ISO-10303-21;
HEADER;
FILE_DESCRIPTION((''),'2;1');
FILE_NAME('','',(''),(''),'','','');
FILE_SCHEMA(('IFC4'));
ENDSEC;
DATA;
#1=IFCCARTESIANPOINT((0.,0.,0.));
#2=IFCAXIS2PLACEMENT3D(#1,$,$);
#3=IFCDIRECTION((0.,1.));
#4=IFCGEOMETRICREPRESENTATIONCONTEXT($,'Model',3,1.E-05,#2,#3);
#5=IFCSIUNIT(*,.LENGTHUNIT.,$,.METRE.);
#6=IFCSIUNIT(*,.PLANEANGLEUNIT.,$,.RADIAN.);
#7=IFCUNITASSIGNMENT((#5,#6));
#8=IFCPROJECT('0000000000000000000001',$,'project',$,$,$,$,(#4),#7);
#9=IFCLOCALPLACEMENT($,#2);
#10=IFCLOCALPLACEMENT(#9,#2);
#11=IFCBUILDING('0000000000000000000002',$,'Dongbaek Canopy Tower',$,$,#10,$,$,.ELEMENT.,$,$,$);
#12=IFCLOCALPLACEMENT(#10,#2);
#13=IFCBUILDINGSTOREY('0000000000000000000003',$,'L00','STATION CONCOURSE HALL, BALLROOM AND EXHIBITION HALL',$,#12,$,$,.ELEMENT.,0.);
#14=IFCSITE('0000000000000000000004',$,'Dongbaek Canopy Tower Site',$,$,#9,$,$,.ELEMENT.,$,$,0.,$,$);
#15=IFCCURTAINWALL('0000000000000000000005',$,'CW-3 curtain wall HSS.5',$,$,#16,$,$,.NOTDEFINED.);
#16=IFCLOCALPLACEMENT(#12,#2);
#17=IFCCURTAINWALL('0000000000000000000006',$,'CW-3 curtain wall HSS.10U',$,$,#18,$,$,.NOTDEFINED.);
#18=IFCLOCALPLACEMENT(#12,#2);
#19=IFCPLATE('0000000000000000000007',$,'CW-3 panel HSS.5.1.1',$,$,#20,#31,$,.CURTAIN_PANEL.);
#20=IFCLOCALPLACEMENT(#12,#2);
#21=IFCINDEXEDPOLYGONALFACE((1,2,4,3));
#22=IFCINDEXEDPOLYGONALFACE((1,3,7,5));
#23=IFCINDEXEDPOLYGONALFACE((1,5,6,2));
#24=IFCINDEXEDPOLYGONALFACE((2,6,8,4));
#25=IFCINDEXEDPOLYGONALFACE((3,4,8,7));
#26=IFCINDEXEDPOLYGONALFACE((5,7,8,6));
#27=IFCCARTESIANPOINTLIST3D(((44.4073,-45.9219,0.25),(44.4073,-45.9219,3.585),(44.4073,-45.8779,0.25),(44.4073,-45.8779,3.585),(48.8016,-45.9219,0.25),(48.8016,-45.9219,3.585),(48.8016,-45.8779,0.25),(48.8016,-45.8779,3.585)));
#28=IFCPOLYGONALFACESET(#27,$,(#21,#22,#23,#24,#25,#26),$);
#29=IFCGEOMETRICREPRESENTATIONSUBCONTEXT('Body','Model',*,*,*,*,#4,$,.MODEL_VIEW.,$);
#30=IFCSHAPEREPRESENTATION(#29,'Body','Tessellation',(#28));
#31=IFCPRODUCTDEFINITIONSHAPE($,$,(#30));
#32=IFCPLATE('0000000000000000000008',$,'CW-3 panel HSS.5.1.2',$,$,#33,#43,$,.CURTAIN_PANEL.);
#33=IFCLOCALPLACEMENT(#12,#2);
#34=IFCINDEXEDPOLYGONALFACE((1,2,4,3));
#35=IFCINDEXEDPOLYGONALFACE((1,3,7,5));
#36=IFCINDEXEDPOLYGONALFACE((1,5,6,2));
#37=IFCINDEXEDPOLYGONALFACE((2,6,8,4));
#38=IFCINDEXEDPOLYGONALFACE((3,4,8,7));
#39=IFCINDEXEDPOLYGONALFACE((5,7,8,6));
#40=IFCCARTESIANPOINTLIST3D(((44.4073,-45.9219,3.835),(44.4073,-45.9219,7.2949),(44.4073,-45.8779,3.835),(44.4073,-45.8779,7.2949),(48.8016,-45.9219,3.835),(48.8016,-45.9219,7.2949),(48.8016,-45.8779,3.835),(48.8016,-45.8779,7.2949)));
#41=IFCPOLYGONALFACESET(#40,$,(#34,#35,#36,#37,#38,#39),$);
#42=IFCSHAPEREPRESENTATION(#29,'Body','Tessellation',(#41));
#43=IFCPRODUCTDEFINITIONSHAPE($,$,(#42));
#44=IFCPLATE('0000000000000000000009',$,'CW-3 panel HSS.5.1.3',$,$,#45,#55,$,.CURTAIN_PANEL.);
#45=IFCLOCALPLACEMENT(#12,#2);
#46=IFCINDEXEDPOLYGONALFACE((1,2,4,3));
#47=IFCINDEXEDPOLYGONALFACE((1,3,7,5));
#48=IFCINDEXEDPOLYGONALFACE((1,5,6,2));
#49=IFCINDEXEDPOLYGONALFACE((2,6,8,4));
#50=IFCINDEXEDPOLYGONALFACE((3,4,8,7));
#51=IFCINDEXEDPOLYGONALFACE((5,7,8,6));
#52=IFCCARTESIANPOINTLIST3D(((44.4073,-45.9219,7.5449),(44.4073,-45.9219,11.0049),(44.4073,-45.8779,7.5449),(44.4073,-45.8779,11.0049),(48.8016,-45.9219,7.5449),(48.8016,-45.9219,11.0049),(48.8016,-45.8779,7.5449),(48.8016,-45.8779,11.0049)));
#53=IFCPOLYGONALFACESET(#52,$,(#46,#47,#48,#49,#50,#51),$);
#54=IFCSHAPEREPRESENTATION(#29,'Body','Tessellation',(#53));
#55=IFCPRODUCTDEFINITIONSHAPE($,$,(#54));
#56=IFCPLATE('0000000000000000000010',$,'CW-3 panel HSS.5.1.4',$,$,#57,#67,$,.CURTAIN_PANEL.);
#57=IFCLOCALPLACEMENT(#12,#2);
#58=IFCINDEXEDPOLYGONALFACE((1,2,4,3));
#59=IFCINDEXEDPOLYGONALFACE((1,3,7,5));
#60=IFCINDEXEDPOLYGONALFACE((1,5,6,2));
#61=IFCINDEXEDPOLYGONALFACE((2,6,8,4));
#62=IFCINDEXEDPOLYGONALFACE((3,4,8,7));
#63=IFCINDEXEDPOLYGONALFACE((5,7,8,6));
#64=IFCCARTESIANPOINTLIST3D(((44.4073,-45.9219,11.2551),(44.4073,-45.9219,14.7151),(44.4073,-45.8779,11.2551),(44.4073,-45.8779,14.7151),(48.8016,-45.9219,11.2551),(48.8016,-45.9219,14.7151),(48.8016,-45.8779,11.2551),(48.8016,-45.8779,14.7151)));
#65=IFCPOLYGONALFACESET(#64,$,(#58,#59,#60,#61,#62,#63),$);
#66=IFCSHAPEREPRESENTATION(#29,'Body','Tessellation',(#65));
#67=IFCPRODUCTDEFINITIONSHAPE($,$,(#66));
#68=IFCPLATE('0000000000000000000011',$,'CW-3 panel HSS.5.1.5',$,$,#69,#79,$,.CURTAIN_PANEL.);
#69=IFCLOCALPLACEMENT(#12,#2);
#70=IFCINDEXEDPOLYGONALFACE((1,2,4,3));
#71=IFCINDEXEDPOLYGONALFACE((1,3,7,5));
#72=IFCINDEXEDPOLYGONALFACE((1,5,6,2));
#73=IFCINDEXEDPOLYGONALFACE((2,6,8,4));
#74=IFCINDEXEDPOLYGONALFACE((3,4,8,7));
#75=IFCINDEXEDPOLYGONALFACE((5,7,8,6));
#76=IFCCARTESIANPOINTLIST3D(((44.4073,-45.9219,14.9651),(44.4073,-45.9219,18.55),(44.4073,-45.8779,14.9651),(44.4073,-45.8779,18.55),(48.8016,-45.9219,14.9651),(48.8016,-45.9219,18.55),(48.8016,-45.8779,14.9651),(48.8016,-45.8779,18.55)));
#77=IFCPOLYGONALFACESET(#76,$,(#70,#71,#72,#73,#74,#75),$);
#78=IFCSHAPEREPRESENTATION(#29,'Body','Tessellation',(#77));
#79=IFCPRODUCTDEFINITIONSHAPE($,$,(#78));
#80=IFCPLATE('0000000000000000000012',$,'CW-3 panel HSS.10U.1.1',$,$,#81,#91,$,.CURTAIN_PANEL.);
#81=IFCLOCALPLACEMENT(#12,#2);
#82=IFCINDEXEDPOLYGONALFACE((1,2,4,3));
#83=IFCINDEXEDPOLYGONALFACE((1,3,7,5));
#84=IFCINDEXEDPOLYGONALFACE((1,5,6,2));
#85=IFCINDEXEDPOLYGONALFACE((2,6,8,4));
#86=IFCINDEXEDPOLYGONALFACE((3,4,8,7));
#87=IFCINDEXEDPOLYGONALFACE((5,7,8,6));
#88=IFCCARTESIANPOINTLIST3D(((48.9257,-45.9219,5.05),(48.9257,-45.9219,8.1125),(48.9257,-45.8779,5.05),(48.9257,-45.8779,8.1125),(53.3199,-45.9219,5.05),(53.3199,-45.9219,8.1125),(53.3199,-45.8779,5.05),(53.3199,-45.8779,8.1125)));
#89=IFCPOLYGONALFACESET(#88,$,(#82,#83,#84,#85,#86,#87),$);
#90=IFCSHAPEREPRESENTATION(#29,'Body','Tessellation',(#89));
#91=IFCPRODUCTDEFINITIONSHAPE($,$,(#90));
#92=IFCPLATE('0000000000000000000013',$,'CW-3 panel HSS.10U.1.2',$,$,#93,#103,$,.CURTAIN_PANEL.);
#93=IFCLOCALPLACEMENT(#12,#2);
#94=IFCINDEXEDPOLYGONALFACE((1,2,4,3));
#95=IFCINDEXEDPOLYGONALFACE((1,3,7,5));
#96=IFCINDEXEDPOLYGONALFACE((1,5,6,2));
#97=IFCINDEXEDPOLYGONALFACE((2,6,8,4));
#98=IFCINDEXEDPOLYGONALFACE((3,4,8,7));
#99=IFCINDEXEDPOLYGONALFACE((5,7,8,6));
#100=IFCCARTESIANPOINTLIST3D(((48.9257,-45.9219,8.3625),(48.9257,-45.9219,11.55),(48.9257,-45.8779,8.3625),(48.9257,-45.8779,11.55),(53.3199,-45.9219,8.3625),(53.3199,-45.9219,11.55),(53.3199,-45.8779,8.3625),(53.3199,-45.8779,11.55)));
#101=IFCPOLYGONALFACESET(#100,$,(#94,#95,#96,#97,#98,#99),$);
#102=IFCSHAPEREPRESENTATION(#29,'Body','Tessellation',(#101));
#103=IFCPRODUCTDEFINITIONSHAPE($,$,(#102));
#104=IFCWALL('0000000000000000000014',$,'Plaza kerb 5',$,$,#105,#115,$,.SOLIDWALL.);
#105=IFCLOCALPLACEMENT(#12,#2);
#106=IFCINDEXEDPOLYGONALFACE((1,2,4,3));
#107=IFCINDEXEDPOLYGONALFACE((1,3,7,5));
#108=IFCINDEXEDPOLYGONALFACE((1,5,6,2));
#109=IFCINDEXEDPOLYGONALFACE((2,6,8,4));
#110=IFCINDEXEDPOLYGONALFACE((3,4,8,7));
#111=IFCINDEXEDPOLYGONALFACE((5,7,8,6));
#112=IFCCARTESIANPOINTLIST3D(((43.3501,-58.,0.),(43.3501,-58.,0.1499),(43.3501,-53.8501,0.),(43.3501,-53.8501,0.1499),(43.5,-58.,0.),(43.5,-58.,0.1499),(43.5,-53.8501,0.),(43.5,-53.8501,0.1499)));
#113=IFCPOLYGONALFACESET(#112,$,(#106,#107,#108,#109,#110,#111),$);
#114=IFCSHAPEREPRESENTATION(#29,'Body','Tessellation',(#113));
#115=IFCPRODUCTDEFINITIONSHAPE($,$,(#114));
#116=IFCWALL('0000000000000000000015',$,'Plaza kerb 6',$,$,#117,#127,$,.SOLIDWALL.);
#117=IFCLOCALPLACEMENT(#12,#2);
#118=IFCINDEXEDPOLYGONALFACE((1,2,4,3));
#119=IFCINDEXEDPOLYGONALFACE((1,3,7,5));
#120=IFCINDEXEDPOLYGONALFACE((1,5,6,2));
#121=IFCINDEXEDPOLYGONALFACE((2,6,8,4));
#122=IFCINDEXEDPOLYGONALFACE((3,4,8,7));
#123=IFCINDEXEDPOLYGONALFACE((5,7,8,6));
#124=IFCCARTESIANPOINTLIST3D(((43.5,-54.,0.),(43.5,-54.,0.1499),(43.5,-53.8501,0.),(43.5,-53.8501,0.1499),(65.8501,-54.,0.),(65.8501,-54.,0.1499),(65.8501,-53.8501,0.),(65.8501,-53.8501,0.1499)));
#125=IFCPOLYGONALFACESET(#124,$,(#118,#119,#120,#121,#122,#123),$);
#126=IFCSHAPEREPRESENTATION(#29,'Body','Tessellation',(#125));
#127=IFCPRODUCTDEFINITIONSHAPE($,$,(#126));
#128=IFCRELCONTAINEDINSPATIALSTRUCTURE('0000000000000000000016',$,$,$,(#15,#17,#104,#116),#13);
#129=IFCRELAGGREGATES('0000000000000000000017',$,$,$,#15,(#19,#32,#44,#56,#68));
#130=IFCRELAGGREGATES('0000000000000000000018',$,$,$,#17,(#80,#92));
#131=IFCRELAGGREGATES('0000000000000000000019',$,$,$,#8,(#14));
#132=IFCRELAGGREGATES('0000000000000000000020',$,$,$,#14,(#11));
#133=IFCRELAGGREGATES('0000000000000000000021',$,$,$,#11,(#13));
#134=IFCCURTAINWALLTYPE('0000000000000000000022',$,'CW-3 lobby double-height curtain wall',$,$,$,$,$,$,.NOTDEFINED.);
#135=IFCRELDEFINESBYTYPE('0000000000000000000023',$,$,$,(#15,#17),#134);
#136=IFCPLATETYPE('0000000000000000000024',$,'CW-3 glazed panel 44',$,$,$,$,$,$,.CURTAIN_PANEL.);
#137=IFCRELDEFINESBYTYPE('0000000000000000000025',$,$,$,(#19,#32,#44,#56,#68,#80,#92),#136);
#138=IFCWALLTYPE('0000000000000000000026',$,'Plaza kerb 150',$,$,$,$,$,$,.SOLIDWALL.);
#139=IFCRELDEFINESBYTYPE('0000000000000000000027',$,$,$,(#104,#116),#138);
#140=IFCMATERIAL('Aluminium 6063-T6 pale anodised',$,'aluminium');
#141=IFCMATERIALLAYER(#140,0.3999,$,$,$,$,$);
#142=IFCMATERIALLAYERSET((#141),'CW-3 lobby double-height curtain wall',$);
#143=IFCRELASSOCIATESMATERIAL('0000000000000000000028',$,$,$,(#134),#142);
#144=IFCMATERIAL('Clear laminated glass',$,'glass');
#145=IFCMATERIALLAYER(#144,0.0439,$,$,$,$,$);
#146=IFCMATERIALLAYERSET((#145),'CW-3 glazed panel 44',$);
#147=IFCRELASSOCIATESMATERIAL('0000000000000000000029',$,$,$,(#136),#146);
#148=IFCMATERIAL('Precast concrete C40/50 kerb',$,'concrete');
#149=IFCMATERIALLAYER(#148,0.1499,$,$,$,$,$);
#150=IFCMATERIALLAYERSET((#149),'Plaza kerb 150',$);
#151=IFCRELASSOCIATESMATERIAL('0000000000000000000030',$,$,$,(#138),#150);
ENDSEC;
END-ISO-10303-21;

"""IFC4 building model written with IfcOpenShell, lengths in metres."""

from ifc_helpers import new_model, si_unit, direction, frame, frame_2d, origin, origin_2d, place, context, subcontext, project, spatial, rectangle, extrude, material, layer, layer_set, type_object, element, aggregate, save


model = new_model("IFC4")

# Units and contexts
model_context = context("Model", 3, precision=1e-05, world=origin(), true_north=direction((0.0, 1.0)))
body_context = subcontext(model_context, "Body", "Model", "MODEL_VIEW")
ifc_project = project(units=[si_unit("LENGTHUNIT", "METRE"), si_unit("PLANEANGLEUNIT", "RADIAN")], contexts=[model_context])

# Site, building, storey
site_placement = place(None, origin())
site = spatial("IfcSite", under=ifc_project, at=site_placement, Name="Dongbaek Canopy Tower Site", CompositionType="ELEMENT", RefElevation=0.0)
building_placement = place(site_placement, origin())
building = spatial("IfcBuilding", under=site, at=building_placement, Name="Dongbaek Canopy Tower", CompositionType="ELEMENT")
storey_placement = place(building_placement, origin())
storey = spatial("IfcBuildingStorey", under=building, at=storey_placement, Name="L00", Description="STATION CONCOURSE HALL, BALLROOM AND EXHIBITION HALL", CompositionType="ELEMENT", Elevation=0.0)

# Shared definitions
ifc_material_1 = material(Name="Aluminium 6063-T6 pale anodised", Category="aluminium")
ifc_layer_1 = layer(ifc_material_1, 0.3999)
ifc_layer_set_1 = layer_set([ifc_layer_1], Name="CW-3 lobby double-height curtain wall")
curtain_wall_type = type_object("IfcCurtainWallType", Name="CW-3 lobby double-height curtain wall", PredefinedType="NOTDEFINED", material=ifc_layer_set_1)

# Curtain walls
curtain_wall_1_placement = place(storey_placement, origin())
curtain_wall_1 = element("IfcCurtainWall", 1, at=curtain_wall_1_placement, inside=storey, type_object=curtain_wall_type, Name="CW-3 curtain wall HSS.5", PredefinedType="NOTDEFINED")
curtain_wall_2_placement = place(storey_placement, origin())
curtain_wall_2 = element("IfcCurtainWall", 2, at=curtain_wall_2_placement, inside=storey, type_object=curtain_wall_type, Name="CW-3 curtain wall HSS.10U", PredefinedType="NOTDEFINED")

# Plates
ifc_material_2 = material(Name="Clear laminated glass", Category="glass")
ifc_layer_2 = layer(ifc_material_2, 0.0439)
ifc_layer_set_2 = layer_set([ifc_layer_2], Name="CW-3 glazed panel 44")
plate_type = type_object("IfcPlateType", Name="CW-3 glazed panel 44", PredefinedType="CURTAIN_PANEL", material=ifc_layer_set_2)
plate_1_placement = place(storey_placement, frame((46.6045, -45.8999, 0.25), z_axis=(0.0, 0.0, 1.0), x_axis=(1.0, 0.0, 0.0)))
plate_1 = element("IfcPlate", 3, at=plate_1_placement, type_object=plate_type, Name="CW-3 panel HSS.5.1.1", PredefinedType="CURTAIN_PANEL", context=body_context, shape_type="SweptSolid", body=[
    extrude(rectangle(XDim=4.3943, YDim=0.0439, at=origin_2d()), origin(), (0.0, 0.0, 1.0), 3.335),
])
plate_2_placement = place(storey_placement, frame((46.6045, -45.8999, 3.835), z_axis=(0.0, 0.0, 1.0), x_axis=(1.0, 0.0, 0.0)))
plate_2 = element("IfcPlate", 4, at=plate_2_placement, type_object=plate_type, Name="CW-3 panel HSS.5.1.2", PredefinedType="CURTAIN_PANEL", context=body_context, shape_type="SweptSolid", body=[
    extrude(rectangle(XDim=4.3943, YDim=0.0439, at=origin_2d()), origin(), (0.0, 0.0, 1.0), 3.46),
])
plate_3_placement = place(storey_placement, frame((46.6045, -45.8999, 7.5449), z_axis=(0.0, 0.0, 1.0), x_axis=(1.0, 0.0, 0.0)))
plate_3 = element("IfcPlate", 5, at=plate_3_placement, type_object=plate_type, Name="CW-3 panel HSS.5.1.3", PredefinedType="CURTAIN_PANEL", context=body_context, shape_type="SweptSolid", body=[
    extrude(rectangle(XDim=4.3943, YDim=0.0439, at=origin_2d()), origin(), (0.0, 0.0, 1.0), 3.46),
])
plate_4_placement = place(storey_placement, frame((46.6045, -45.8999, 11.2551), z_axis=(0.0, 0.0, 1.0), x_axis=(1.0, 0.0, 0.0)))
plate_4 = element("IfcPlate", 6, at=plate_4_placement, type_object=plate_type, Name="CW-3 panel HSS.5.1.4", PredefinedType="CURTAIN_PANEL", context=body_context, shape_type="SweptSolid", body=[
    extrude(rectangle(XDim=4.3943, YDim=0.0439, at=origin_2d()), origin(), (0.0, 0.0, 1.0), 3.46),
])
plate_5_placement = place(storey_placement, frame((46.6045, -45.8999, 14.9651), z_axis=(0.0, 0.0, 1.0), x_axis=(1.0, 0.0, 0.0)))
plate_5 = element("IfcPlate", 7, at=plate_5_placement, type_object=plate_type, Name="CW-3 panel HSS.5.1.5", PredefinedType="CURTAIN_PANEL", context=body_context, shape_type="SweptSolid", body=[
    extrude(rectangle(XDim=4.3943, YDim=0.0439, at=origin_2d()), origin(), (0.0, 0.0, 1.0), 3.585),
])
aggregate(curtain_wall_1, [plate_1, plate_2, plate_3, plate_4, plate_5])
plate_6_placement = place(storey_placement, frame((51.1228, -45.8999, 5.05), z_axis=(0.0, 0.0, 1.0), x_axis=(1.0, 0.0, 0.0)))
plate_6 = element("IfcPlate", 8, at=plate_6_placement, type_object=plate_type, Name="CW-3 panel HSS.10U.1.1", PredefinedType="CURTAIN_PANEL", context=body_context, shape_type="SweptSolid", body=[
    extrude(rectangle(XDim=4.3943, YDim=0.0439, at=origin_2d()), origin(), (0.0, 0.0, 1.0), 3.0625),
])
plate_7_placement = place(storey_placement, frame((51.1228, -45.8999, 8.3625), z_axis=(0.0, 0.0, 1.0), x_axis=(1.0, 0.0, 0.0)))
plate_7 = element("IfcPlate", 9, at=plate_7_placement, type_object=plate_type, Name="CW-3 panel HSS.10U.1.2", PredefinedType="CURTAIN_PANEL", context=body_context, shape_type="SweptSolid", body=[
    extrude(rectangle(XDim=4.3943, YDim=0.0439, at=origin_2d()), origin(), (0.0, 0.0, 1.0), 3.1875),
])
aggregate(curtain_wall_2, [plate_6, plate_7])

# Walls
ifc_material_3 = material(Name="Precast concrete C40/50 kerb", Category="concrete")
ifc_layer_3 = layer(ifc_material_3, 0.1499)
ifc_layer_set_3 = layer_set([ifc_layer_3], Name="Plaza kerb 150")
wall_type_1 = type_object("IfcWallType", Name="Plaza kerb 150", PredefinedType="SOLIDWALL", material=ifc_layer_set_3)
wall_1_placement = place(storey_placement, frame((43.425, -58.0, 0.0), z_axis=(0.0, 0.0, 1.0), x_axis=(0.0, 1.0, 0.0)))
element("IfcWall", 10, at=wall_1_placement, inside=storey, type_object=wall_type_1, Name="Plaza kerb 5", PredefinedType="SOLIDWALL", context=body_context, shape_type="SweptSolid", body=[
    extrude(rectangle(XDim=4.1499, YDim=0.1499, at=frame_2d((2.075, 0.0))), origin(), (0.0, 0.0, 1.0), 0.1499),
])
wall_2_placement = place(storey_placement, frame((43.5, -53.925, 0.0), z_axis=(0.0, 0.0, 1.0), x_axis=(1.0, 0.0, 0.0)))
element("IfcWall", 11, at=wall_2_placement, inside=storey, type_object=wall_type_1, Name="Plaza kerb 6", PredefinedType="SOLIDWALL", context=body_context, shape_type="SweptSolid", body=[
    extrude(rectangle(XDim=22.3501, YDim=0.1499, at=frame_2d((11.175, 0.0))), origin(), (0.0, 0.0, 1.0), 0.1499),
])

save(model, "model.ifc")
